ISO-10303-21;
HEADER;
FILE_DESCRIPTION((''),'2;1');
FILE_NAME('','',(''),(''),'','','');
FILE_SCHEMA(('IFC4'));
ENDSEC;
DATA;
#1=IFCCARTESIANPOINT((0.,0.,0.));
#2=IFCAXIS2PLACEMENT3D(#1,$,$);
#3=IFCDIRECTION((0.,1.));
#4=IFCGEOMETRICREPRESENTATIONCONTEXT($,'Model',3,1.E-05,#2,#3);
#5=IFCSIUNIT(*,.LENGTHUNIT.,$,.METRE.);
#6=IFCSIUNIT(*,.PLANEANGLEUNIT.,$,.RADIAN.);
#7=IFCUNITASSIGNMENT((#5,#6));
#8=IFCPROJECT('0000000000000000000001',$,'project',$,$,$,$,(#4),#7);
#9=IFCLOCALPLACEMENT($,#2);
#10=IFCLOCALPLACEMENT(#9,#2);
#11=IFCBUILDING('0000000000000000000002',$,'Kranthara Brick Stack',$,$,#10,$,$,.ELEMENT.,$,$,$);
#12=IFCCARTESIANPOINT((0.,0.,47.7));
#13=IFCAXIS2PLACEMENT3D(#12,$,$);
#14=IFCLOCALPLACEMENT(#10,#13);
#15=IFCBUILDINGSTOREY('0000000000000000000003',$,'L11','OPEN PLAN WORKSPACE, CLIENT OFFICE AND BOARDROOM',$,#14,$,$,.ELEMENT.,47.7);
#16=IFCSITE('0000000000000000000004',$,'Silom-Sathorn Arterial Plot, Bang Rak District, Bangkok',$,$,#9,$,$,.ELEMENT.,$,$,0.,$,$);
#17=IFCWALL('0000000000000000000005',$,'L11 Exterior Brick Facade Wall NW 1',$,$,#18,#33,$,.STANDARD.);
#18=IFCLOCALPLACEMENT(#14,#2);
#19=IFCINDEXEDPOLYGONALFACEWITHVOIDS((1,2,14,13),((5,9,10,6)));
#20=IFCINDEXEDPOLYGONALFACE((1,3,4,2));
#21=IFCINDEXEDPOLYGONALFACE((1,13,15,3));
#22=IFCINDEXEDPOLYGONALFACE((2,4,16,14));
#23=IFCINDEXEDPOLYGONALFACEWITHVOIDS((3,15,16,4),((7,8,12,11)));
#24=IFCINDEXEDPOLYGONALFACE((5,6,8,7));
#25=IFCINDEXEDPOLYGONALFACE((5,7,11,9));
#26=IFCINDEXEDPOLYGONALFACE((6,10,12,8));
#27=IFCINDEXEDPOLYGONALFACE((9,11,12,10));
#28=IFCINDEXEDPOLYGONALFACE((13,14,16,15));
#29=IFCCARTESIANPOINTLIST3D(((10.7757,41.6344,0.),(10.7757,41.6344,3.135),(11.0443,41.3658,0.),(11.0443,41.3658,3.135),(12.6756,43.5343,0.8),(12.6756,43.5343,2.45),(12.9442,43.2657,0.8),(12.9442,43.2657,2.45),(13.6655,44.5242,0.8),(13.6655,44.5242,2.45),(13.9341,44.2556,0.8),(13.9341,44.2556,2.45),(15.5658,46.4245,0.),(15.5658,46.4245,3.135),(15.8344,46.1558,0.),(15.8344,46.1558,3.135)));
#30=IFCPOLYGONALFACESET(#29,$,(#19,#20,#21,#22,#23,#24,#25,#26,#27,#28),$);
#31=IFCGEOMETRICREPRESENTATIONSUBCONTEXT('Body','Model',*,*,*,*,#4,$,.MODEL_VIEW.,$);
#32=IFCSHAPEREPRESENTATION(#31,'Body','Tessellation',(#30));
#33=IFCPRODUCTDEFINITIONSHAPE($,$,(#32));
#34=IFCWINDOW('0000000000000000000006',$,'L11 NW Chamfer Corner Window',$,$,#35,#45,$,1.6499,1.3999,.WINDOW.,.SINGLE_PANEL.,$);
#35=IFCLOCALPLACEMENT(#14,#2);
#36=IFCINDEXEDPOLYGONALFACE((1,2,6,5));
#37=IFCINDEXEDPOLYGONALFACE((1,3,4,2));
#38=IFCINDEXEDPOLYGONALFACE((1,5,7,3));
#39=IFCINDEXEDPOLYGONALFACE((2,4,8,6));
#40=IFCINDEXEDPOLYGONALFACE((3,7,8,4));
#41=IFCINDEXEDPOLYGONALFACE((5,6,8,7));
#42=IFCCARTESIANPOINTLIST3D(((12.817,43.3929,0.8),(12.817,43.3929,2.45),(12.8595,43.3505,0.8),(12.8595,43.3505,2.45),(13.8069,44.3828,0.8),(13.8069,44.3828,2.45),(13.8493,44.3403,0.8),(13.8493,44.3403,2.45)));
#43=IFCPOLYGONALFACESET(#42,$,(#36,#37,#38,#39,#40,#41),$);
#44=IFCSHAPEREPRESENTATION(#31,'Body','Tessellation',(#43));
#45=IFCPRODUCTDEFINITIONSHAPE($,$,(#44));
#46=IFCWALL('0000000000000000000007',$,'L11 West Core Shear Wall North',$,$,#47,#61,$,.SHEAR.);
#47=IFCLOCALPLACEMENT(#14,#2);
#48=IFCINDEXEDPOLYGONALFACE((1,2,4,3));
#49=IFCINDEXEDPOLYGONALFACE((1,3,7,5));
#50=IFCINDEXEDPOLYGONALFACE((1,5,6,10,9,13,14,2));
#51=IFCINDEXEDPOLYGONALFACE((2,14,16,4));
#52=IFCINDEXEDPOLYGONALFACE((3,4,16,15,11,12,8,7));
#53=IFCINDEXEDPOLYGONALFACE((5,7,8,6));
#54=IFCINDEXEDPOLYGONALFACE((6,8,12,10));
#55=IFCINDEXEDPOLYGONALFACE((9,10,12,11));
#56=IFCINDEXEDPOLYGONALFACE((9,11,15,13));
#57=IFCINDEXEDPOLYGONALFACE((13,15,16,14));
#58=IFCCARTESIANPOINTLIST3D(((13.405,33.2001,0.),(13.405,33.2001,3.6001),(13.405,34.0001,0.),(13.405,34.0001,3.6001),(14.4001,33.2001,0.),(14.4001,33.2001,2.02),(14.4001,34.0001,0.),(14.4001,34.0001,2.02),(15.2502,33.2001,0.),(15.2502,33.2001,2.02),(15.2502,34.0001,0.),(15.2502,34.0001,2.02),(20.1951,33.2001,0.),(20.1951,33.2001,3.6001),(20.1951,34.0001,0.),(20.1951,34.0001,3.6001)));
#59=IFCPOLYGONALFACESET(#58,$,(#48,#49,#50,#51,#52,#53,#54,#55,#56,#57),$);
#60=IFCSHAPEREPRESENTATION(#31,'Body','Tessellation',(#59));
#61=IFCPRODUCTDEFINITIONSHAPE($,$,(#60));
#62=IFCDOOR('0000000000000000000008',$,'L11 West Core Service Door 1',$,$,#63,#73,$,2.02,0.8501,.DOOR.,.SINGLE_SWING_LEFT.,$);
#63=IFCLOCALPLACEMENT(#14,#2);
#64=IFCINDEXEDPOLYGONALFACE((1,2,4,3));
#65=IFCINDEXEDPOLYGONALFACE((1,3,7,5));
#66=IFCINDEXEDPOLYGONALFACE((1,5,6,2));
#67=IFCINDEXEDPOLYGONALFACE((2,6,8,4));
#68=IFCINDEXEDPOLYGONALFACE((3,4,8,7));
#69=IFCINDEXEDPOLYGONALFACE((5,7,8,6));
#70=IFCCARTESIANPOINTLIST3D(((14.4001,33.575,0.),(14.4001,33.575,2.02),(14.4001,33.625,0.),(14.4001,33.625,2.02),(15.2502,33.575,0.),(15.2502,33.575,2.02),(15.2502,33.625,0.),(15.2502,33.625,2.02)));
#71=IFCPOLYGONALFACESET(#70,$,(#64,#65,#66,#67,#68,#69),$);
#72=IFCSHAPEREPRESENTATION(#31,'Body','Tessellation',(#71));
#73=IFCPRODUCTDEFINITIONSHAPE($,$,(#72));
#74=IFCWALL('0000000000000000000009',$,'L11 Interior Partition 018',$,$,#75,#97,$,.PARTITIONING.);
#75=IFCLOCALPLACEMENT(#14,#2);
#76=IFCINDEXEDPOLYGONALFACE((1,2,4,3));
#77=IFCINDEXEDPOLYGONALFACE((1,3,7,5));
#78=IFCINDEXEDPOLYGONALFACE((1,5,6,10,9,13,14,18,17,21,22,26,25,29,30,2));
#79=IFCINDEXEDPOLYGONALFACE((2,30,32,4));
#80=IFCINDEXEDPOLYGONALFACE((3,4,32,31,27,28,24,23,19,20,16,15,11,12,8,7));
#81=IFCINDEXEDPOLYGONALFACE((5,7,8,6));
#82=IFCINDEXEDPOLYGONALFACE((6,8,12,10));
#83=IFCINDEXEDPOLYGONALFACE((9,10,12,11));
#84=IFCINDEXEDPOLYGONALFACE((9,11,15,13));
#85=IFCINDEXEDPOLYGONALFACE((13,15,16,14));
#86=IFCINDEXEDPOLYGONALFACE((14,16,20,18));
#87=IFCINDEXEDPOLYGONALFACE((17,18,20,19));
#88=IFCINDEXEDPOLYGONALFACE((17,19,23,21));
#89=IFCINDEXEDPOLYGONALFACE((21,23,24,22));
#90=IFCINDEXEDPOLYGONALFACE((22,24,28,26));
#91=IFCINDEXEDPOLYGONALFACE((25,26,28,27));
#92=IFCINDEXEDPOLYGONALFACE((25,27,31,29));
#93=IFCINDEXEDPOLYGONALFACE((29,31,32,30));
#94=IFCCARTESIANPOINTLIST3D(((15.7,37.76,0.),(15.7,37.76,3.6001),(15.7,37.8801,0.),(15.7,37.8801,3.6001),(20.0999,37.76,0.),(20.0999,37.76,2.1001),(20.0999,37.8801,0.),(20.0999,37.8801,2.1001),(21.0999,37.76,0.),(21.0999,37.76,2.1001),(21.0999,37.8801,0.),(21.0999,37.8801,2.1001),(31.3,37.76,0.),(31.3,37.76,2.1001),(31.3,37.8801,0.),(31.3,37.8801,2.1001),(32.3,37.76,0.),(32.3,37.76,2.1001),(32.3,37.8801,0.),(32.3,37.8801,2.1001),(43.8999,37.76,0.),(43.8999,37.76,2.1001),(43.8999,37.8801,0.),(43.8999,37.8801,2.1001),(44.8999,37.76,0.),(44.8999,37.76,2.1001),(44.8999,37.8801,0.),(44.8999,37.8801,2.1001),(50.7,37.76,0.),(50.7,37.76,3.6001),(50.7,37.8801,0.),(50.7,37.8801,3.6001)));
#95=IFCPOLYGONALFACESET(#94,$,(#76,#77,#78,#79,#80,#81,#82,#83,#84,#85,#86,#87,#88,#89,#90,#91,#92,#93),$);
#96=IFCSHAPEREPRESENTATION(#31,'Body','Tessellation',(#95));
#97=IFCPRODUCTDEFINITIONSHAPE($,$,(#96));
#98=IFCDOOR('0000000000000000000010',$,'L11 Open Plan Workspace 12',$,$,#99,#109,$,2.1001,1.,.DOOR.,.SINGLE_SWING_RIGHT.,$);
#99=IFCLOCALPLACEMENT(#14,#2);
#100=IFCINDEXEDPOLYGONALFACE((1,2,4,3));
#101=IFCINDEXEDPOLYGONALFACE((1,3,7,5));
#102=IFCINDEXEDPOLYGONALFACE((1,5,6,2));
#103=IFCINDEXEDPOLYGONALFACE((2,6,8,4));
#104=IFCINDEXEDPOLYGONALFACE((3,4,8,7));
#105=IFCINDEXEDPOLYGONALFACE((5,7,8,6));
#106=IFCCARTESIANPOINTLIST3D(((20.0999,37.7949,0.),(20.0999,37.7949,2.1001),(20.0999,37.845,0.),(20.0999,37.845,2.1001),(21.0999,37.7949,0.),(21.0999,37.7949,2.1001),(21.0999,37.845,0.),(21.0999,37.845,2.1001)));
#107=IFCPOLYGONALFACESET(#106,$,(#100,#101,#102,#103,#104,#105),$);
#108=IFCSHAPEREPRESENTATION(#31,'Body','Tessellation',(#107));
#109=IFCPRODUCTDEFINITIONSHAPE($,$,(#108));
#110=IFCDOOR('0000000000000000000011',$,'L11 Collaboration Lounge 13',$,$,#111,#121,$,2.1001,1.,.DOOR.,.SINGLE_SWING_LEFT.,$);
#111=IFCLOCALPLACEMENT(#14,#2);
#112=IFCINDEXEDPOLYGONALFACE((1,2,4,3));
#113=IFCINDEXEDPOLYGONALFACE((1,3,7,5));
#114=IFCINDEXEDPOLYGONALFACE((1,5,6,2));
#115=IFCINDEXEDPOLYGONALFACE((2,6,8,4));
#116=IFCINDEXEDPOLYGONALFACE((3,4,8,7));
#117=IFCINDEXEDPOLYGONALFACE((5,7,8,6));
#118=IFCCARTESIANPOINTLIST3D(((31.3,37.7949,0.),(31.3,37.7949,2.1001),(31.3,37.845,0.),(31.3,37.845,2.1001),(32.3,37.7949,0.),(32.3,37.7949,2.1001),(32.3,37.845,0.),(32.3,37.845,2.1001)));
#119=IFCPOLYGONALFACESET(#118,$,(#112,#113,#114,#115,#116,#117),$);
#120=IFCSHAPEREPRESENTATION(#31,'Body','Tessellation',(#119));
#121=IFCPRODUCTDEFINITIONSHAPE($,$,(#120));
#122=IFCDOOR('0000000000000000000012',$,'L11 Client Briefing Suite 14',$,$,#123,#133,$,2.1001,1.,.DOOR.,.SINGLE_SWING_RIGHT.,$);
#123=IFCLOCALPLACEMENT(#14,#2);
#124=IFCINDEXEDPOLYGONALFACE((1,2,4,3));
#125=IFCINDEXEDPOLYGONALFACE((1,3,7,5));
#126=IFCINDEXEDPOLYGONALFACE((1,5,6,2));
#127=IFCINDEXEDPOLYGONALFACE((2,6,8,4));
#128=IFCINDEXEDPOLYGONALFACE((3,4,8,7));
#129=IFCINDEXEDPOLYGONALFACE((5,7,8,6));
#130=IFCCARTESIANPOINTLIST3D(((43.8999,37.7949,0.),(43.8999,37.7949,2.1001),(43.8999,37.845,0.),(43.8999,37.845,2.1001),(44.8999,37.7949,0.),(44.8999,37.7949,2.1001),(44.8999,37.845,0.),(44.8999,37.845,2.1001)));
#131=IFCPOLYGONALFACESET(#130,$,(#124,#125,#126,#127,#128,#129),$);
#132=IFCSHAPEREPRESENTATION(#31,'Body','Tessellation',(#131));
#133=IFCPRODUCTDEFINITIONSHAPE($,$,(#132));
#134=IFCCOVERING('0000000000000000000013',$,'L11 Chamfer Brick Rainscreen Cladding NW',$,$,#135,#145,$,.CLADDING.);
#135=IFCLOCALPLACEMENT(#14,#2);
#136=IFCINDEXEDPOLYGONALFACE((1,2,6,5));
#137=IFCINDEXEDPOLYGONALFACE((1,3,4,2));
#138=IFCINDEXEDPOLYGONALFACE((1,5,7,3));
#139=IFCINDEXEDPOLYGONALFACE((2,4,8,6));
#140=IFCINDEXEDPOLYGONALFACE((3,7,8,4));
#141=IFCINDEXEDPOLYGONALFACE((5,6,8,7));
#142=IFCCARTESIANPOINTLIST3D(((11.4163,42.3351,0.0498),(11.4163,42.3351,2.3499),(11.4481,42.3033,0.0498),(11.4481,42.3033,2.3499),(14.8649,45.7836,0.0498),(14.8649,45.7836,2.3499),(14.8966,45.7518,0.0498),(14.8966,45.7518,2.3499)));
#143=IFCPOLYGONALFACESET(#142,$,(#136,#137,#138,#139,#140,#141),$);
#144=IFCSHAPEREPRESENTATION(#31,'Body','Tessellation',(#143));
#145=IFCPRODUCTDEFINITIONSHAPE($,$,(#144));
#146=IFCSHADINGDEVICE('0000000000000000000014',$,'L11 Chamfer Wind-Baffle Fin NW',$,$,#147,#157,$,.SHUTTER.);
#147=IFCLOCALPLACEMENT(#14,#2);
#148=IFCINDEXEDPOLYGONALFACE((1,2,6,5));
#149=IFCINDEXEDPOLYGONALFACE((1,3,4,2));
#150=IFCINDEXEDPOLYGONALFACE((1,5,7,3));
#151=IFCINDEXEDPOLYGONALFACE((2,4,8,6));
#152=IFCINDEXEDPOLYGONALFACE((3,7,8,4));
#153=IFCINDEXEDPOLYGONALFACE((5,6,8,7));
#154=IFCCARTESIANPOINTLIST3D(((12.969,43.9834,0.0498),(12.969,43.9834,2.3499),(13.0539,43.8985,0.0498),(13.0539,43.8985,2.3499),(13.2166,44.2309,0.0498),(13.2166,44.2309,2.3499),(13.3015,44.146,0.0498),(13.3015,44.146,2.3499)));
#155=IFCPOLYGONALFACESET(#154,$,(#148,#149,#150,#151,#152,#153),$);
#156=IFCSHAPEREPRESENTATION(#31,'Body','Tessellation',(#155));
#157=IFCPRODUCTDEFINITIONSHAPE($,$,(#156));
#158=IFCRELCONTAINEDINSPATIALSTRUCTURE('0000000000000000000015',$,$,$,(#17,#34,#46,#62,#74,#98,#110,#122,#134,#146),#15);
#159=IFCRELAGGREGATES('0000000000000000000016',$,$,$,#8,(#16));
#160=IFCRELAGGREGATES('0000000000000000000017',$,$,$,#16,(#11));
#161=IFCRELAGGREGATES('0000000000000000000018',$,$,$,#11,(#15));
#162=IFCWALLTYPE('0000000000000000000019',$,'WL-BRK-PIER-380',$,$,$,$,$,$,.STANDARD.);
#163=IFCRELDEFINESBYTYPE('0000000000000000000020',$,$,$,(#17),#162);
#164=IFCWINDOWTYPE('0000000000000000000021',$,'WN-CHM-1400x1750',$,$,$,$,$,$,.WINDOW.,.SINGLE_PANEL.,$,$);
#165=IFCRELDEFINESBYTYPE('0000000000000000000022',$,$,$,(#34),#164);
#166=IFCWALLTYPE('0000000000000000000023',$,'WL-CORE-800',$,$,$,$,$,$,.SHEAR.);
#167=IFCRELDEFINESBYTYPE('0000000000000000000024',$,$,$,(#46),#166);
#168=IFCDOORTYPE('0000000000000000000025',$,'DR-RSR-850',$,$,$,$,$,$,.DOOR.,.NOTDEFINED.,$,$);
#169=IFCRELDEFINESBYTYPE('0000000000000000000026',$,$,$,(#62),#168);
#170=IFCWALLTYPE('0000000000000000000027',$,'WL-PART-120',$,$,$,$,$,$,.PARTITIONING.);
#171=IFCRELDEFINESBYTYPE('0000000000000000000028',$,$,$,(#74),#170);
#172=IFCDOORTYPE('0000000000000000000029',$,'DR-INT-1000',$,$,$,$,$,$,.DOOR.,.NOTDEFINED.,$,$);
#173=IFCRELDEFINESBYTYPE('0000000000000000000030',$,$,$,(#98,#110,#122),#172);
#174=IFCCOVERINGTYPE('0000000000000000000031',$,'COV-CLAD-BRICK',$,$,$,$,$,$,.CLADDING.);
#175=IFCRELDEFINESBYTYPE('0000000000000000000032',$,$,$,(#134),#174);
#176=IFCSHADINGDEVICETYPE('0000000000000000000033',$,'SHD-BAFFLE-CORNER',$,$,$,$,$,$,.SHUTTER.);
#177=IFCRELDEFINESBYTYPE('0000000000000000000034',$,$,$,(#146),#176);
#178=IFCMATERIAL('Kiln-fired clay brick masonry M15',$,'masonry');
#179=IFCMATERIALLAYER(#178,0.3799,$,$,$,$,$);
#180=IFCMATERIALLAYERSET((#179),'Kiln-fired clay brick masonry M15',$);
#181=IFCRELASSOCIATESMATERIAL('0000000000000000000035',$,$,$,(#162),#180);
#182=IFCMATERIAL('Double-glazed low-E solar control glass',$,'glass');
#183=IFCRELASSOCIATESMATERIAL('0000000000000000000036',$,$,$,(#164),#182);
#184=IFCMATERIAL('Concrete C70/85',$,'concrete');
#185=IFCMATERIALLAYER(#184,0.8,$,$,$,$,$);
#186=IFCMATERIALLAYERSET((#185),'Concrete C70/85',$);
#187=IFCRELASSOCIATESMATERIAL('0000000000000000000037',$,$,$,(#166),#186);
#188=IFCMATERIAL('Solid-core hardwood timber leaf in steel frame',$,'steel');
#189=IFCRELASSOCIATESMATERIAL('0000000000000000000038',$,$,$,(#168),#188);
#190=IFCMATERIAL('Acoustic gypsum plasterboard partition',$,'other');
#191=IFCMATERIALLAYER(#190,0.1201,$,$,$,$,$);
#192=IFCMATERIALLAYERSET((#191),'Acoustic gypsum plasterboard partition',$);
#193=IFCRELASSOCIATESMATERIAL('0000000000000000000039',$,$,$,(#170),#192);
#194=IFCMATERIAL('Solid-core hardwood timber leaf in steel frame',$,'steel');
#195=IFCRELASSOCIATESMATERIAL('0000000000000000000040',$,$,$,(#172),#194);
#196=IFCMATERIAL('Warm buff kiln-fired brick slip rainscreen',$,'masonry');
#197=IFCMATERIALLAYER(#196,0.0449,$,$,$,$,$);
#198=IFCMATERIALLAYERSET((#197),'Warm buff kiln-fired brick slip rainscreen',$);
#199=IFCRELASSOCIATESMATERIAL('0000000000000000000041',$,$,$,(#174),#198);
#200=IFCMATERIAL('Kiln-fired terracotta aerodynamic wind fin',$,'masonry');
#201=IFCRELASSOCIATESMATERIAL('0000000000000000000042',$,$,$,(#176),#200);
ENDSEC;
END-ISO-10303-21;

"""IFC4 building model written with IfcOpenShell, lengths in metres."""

from ifc_helpers import new_model, si_unit, direction, frame, frame_2d, origin, origin_2d, place, context, subcontext, project, spatial, rectangle, extrude, material, layer, layer_set, type_object, element, fill, save


model = new_model("IFC4")

# Units and contexts
model_context = context("Model", 3, precision=1e-05, world=origin(), true_north=direction((0.0, 1.0)))
body_context = subcontext(model_context, "Body", "Model", "MODEL_VIEW")
ifc_project = project(units=[si_unit("LENGTHUNIT", "METRE"), si_unit("PLANEANGLEUNIT", "RADIAN")], contexts=[model_context])

# Site, building, storey
site_placement = place(None, origin())
site = spatial("IfcSite", under=ifc_project, at=site_placement, Name="Silom-Sathorn Arterial Plot, Bang Rak District, Bangkok", CompositionType="ELEMENT", RefElevation=0.0)
building_placement = place(site_placement, origin())
building = spatial("IfcBuilding", under=site, at=building_placement, Name="Kranthara Brick Stack", CompositionType="ELEMENT")
storey_placement = place(building_placement, frame((0.0, 0.0, 47.7)))
storey = spatial("IfcBuildingStorey", under=building, at=storey_placement, Name="L11", Description="OPEN PLAN WORKSPACE, CLIENT OFFICE AND BOARDROOM", CompositionType="ELEMENT", Elevation=47.7)

# Wall, opening, window
ifc_material_1 = material(Name="Kiln-fired clay brick masonry M15", Category="masonry")
ifc_layer_1 = layer(ifc_material_1, 0.3799)
ifc_layer_set_1 = layer_set([ifc_layer_1], Name="Kiln-fired clay brick masonry M15")
wall_type_1 = type_object("IfcWallType", Name="WL-BRK-PIER-380", PredefinedType="STANDARD", material=ifc_layer_set_1)
wall_1_placement = place(storey_placement, frame((10.9099, 41.5, 0.0), z_axis=(0.0, 0.0, 1.0), x_axis=(0.707107, 0.707107, 0.0)))
wall_1 = element("IfcWall", 1, at=wall_1_placement, inside=storey, type_object=wall_type_1, Name="L11 Exterior Brick Facade Wall NW 1", PredefinedType="STANDARD", context=body_context, shape_type="SweptSolid", body=[
    extrude(rectangle(XDim=6.7742, YDim=0.3799, at=frame_2d((3.3872, 0.0))), origin(), (0.0, 0.0, 1.0), 3.135),
])
opening_1_placement = place(wall_1_placement, frame((2.687, 0.0, 0.8)))
opening_1 = element("IfcOpeningElement", 2, at=opening_1_placement, cuts=wall_1, PredefinedType="OPENING", context=body_context, shape_type="SweptSolid", body=[
    extrude(rectangle(XDim=1.3999, YDim=1.6499, at=frame_2d((0.7, 0.825))), frame((0.0, 0.2, 0.0), z_axis=(0.0, -1.0, 0.0), x_axis=(1.0, 0.0, 0.0)), (0.0, 0.0, 1.0), 0.3999),
])
ifc_material_2 = material(Name="Double-glazed low-E solar control glass", Category="glass")
window_type = type_object("IfcWindowType", Name="WN-CHM-1400x1750", PartitioningType="SINGLE_PANEL", PredefinedType="WINDOW", material=ifc_material_2)
window_placement = place(opening_1_placement, origin())
window = element("IfcWindow", 3, at=window_placement, inside=storey, type_object=window_type, Name="L11 NW Chamfer Corner Window", OverallHeight=1.6499, OverallWidth=1.3999, PartitioningType="SINGLE_PANEL", PredefinedType="WINDOW", context=body_context, shape_type="SweptSolid", body=[
    extrude(rectangle(XDim=1.3999, YDim=1.6499, at=frame_2d((0.7, 0.825))), frame((0.0, -0.01, 0.0), z_axis=(0.0, -1.0, 0.0), x_axis=(1.0, 0.0, 0.0)), (0.0, 0.0, 1.0), 0.0601),
])
fill(opening_1, window)

# Wall, opening, door
ifc_material_3 = material(Name="Concrete C70/85", Category="concrete")
ifc_layer_2 = layer(ifc_material_3, 0.8)
ifc_layer_set_2 = layer_set([ifc_layer_2], Name="Concrete C70/85")
wall_type_2 = type_object("IfcWallType", Name="WL-CORE-800", PredefinedType="SHEAR", material=ifc_layer_set_2)
wall_2_placement = place(storey_placement, frame((13.405, 33.6001, 0.0), z_axis=(0.0, 0.0, 1.0), x_axis=(1.0, 0.0, 0.0)))
wall_2 = element("IfcWall", 4, at=wall_2_placement, inside=storey, type_object=wall_type_2, Name="L11 West Core Shear Wall North", PredefinedType="SHEAR", context=body_context, shape_type="SweptSolid", body=[
    extrude(rectangle(XDim=6.79, YDim=0.8, at=frame_2d((3.395, 0.0))), origin(), (0.0, 0.0, 1.0), 3.6001),
])
opening_2_placement = place(wall_2_placement, frame((0.9951, 0.0, 0.0)))
opening_2 = element("IfcOpeningElement", 5, at=opening_2_placement, cuts=wall_2, PredefinedType="OPENING", context=body_context, shape_type="SweptSolid", body=[
    extrude(rectangle(XDim=0.8501, YDim=2.02, at=frame_2d((0.425, 1.01))), frame((0.0, 0.4099, 0.0), z_axis=(0.0, -1.0, 0.0), x_axis=(1.0, 0.0, 0.0)), (0.0, 0.0, 1.0), 0.8201),
])
ifc_material_4 = material(Name="Solid-core hardwood timber leaf in steel frame", Category="steel")
door_type_1 = type_object("IfcDoorType", Name="DR-RSR-850", OperationType="NOTDEFINED", PredefinedType="DOOR", material=ifc_material_4)
door_1_placement = place(opening_2_placement, origin())
door_1 = element("IfcDoor", 6, at=door_1_placement, inside=storey, type_object=door_type_1, Name="L11 West Core Service Door 1", OperationType="SINGLE_SWING_LEFT", OverallHeight=2.02, OverallWidth=0.8501, PredefinedType="DOOR", context=body_context, shape_type="SweptSolid", body=[
    extrude(rectangle(XDim=0.8501, YDim=2.02, at=frame_2d((0.425, 1.01))), frame((0.0, 0.0249, 0.0), z_axis=(0.0, -1.0, 0.0), x_axis=(1.0, 0.0, 0.0)), (0.0, 0.0, 1.0), 0.05),
])
fill(opening_2, door_1)

# Wall, openings, doors
ifc_material_5 = material(Name="Acoustic gypsum plasterboard partition", Category="other")
ifc_layer_3 = layer(ifc_material_5, 0.1201)
ifc_layer_set_3 = layer_set([ifc_layer_3], Name="Acoustic gypsum plasterboard partition")
wall_type_3 = type_object("IfcWallType", Name="WL-PART-120", PredefinedType="PARTITIONING", material=ifc_layer_set_3)
wall_3_placement = place(storey_placement, frame((15.7, 37.8201, 0.0), z_axis=(0.0, 0.0, 1.0), x_axis=(1.0, 0.0, 0.0)))
wall_3 = element("IfcWall", 7, at=wall_3_placement, inside=storey, type_object=wall_type_3, Name="L11 Interior Partition 018", PredefinedType="PARTITIONING", context=body_context, shape_type="SweptSolid", body=[
    extrude(rectangle(XDim=35.0, YDim=0.1201, at=frame_2d((17.5, 0.0))), origin(), (0.0, 0.0, 1.0), 3.6001),
])
opening_3_placement = place(wall_3_placement, frame((4.3999, 0.0, 0.0)))
opening_3 = element("IfcOpeningElement", 8, at=opening_3_placement, cuts=wall_3, PredefinedType="OPENING", context=body_context, shape_type="SweptSolid", body=[
    extrude(rectangle(XDim=1.0, YDim=2.1001, at=frame_2d((0.5, 1.05))), frame((0.0, 0.0701, 0.0), z_axis=(0.0, -1.0, 0.0), x_axis=(1.0, 0.0, 0.0)), (0.0, 0.0, 1.0), 0.1401),
])
opening_4_placement = place(wall_3_placement, frame((15.6001, 0.0, 0.0)))
opening_4 = element("IfcOpeningElement", 9, at=opening_4_placement, cuts=wall_3, PredefinedType="OPENING", context=body_context, shape_type="SweptSolid", body=[
    extrude(rectangle(XDim=1.0, YDim=2.1001, at=frame_2d((0.5, 1.05))), frame((0.0, 0.0701, 0.0), z_axis=(0.0, -1.0, 0.0), x_axis=(1.0, 0.0, 0.0)), (0.0, 0.0, 1.0), 0.1401),
])
opening_5_placement = place(wall_3_placement, frame((28.2, 0.0, 0.0)))
opening_5 = element("IfcOpeningElement", 10, at=opening_5_placement, cuts=wall_3, PredefinedType="OPENING", context=body_context, shape_type="SweptSolid", body=[
    extrude(rectangle(XDim=1.0, YDim=2.1001, at=frame_2d((0.5, 1.05))), frame((0.0, 0.0701, 0.0), z_axis=(0.0, -1.0, 0.0), x_axis=(1.0, 0.0, 0.0)), (0.0, 0.0, 1.0), 0.1401),
])
ifc_material_6 = material(Name="Solid-core hardwood timber leaf in steel frame", Category="steel")
door_type_2 = type_object("IfcDoorType", Name="DR-INT-1000", OperationType="NOTDEFINED", PredefinedType="DOOR", material=ifc_material_6)
door_2_placement = place(opening_3_placement, origin())
door_2 = element("IfcDoor", 11, at=door_2_placement, inside=storey, type_object=door_type_2, Name="L11 Open Plan Workspace 12", OperationType="SINGLE_SWING_RIGHT", OverallHeight=2.1001, OverallWidth=1.0, PredefinedType="DOOR", context=body_context, shape_type="SweptSolid", body=[
    extrude(rectangle(XDim=1.0, YDim=2.1001, at=frame_2d((0.5, 1.05))), frame((0.0, 0.0249, 0.0), z_axis=(0.0, -1.0, 0.0), x_axis=(1.0, 0.0, 0.0)), (0.0, 0.0, 1.0), 0.05),
])
fill(opening_3, door_2)
door_3_placement = place(opening_4_placement, origin())
door_3 = element("IfcDoor", 12, at=door_3_placement, inside=storey, type_object=door_type_2, Name="L11 Collaboration Lounge 13", OperationType="SINGLE_SWING_LEFT", OverallHeight=2.1001, OverallWidth=1.0, PredefinedType="DOOR", context=body_context, shape_type="SweptSolid", body=[
    extrude(rectangle(XDim=1.0, YDim=2.1001, at=frame_2d((0.5, 1.05))), frame((0.0, 0.0249, 0.0), z_axis=(0.0, -1.0, 0.0), x_axis=(1.0, 0.0, 0.0)), (0.0, 0.0, 1.0), 0.05),
])
fill(opening_4, door_3)
door_4_placement = place(opening_5_placement, origin())
door_4 = element("IfcDoor", 13, at=door_4_placement, inside=storey, type_object=door_type_2, Name="L11 Client Briefing Suite 14", OperationType="SINGLE_SWING_RIGHT", OverallHeight=2.1001, OverallWidth=1.0, PredefinedType="DOOR", context=body_context, shape_type="SweptSolid", body=[
    extrude(rectangle(XDim=1.0, YDim=2.1001, at=frame_2d((0.5, 1.05))), frame((0.0, 0.0249, 0.0), z_axis=(0.0, -1.0, 0.0), x_axis=(1.0, 0.0, 0.0)), (0.0, 0.0, 1.0), 0.05),
])
fill(opening_5, door_4)

# Covering
ifc_material_7 = material(Name="Warm buff kiln-fired brick slip rainscreen", Category="masonry")
ifc_layer_4 = layer(ifc_material_7, 0.0449)
ifc_layer_set_4 = layer_set([ifc_layer_4], Name="Warm buff kiln-fired brick slip rainscreen")
covering_type = type_object("IfcCoveringType", Name="COV-CLAD-BRICK", PredefinedType="CLADDING", material=ifc_layer_set_4)
covering_placement = place(storey_placement, frame((13.1565, 44.0435, 0.0498), z_axis=(0.0, 0.0, 1.0), x_axis=(0.707107, 0.707107, 0.0)))
element("IfcCovering", 14, at=covering_placement, inside=storey, type_object=covering_type, Name="L11 Chamfer Brick Rainscreen Cladding NW", PredefinedType="CLADDING", context=body_context, shape_type="SweptSolid", body=[
    extrude(rectangle(XDim=4.877, YDim=0.0449, at=origin_2d()), origin(), (0.0, 0.0, 1.0), 2.3),
])

# Shading device
ifc_material_8 = material(Name="Kiln-fired terracotta aerodynamic wind fin", Category="masonry")
shading_device_type = type_object("IfcShadingDeviceType", Name="SHD-BAFFLE-CORNER", PredefinedType="SHUTTER", material=ifc_material_8)
shading_device_placement = place(storey_placement, frame((13.1353, 44.0647, 0.0498), z_axis=(0.0, 0.0, 1.0), x_axis=(0.707107, 0.707107, 0.0)))
element("IfcShadingDevice", 15, at=shading_device_placement, inside=storey, type_object=shading_device_type, Name="L11 Chamfer Wind-Baffle Fin NW", PredefinedType="SHUTTER", context=body_context, shape_type="SweptSolid", body=[
    extrude(rectangle(XDim=0.3501, YDim=0.1201, at=origin_2d()), origin(), (0.0, 0.0, 1.0), 2.3),
])

save(model, "model.ifc")
